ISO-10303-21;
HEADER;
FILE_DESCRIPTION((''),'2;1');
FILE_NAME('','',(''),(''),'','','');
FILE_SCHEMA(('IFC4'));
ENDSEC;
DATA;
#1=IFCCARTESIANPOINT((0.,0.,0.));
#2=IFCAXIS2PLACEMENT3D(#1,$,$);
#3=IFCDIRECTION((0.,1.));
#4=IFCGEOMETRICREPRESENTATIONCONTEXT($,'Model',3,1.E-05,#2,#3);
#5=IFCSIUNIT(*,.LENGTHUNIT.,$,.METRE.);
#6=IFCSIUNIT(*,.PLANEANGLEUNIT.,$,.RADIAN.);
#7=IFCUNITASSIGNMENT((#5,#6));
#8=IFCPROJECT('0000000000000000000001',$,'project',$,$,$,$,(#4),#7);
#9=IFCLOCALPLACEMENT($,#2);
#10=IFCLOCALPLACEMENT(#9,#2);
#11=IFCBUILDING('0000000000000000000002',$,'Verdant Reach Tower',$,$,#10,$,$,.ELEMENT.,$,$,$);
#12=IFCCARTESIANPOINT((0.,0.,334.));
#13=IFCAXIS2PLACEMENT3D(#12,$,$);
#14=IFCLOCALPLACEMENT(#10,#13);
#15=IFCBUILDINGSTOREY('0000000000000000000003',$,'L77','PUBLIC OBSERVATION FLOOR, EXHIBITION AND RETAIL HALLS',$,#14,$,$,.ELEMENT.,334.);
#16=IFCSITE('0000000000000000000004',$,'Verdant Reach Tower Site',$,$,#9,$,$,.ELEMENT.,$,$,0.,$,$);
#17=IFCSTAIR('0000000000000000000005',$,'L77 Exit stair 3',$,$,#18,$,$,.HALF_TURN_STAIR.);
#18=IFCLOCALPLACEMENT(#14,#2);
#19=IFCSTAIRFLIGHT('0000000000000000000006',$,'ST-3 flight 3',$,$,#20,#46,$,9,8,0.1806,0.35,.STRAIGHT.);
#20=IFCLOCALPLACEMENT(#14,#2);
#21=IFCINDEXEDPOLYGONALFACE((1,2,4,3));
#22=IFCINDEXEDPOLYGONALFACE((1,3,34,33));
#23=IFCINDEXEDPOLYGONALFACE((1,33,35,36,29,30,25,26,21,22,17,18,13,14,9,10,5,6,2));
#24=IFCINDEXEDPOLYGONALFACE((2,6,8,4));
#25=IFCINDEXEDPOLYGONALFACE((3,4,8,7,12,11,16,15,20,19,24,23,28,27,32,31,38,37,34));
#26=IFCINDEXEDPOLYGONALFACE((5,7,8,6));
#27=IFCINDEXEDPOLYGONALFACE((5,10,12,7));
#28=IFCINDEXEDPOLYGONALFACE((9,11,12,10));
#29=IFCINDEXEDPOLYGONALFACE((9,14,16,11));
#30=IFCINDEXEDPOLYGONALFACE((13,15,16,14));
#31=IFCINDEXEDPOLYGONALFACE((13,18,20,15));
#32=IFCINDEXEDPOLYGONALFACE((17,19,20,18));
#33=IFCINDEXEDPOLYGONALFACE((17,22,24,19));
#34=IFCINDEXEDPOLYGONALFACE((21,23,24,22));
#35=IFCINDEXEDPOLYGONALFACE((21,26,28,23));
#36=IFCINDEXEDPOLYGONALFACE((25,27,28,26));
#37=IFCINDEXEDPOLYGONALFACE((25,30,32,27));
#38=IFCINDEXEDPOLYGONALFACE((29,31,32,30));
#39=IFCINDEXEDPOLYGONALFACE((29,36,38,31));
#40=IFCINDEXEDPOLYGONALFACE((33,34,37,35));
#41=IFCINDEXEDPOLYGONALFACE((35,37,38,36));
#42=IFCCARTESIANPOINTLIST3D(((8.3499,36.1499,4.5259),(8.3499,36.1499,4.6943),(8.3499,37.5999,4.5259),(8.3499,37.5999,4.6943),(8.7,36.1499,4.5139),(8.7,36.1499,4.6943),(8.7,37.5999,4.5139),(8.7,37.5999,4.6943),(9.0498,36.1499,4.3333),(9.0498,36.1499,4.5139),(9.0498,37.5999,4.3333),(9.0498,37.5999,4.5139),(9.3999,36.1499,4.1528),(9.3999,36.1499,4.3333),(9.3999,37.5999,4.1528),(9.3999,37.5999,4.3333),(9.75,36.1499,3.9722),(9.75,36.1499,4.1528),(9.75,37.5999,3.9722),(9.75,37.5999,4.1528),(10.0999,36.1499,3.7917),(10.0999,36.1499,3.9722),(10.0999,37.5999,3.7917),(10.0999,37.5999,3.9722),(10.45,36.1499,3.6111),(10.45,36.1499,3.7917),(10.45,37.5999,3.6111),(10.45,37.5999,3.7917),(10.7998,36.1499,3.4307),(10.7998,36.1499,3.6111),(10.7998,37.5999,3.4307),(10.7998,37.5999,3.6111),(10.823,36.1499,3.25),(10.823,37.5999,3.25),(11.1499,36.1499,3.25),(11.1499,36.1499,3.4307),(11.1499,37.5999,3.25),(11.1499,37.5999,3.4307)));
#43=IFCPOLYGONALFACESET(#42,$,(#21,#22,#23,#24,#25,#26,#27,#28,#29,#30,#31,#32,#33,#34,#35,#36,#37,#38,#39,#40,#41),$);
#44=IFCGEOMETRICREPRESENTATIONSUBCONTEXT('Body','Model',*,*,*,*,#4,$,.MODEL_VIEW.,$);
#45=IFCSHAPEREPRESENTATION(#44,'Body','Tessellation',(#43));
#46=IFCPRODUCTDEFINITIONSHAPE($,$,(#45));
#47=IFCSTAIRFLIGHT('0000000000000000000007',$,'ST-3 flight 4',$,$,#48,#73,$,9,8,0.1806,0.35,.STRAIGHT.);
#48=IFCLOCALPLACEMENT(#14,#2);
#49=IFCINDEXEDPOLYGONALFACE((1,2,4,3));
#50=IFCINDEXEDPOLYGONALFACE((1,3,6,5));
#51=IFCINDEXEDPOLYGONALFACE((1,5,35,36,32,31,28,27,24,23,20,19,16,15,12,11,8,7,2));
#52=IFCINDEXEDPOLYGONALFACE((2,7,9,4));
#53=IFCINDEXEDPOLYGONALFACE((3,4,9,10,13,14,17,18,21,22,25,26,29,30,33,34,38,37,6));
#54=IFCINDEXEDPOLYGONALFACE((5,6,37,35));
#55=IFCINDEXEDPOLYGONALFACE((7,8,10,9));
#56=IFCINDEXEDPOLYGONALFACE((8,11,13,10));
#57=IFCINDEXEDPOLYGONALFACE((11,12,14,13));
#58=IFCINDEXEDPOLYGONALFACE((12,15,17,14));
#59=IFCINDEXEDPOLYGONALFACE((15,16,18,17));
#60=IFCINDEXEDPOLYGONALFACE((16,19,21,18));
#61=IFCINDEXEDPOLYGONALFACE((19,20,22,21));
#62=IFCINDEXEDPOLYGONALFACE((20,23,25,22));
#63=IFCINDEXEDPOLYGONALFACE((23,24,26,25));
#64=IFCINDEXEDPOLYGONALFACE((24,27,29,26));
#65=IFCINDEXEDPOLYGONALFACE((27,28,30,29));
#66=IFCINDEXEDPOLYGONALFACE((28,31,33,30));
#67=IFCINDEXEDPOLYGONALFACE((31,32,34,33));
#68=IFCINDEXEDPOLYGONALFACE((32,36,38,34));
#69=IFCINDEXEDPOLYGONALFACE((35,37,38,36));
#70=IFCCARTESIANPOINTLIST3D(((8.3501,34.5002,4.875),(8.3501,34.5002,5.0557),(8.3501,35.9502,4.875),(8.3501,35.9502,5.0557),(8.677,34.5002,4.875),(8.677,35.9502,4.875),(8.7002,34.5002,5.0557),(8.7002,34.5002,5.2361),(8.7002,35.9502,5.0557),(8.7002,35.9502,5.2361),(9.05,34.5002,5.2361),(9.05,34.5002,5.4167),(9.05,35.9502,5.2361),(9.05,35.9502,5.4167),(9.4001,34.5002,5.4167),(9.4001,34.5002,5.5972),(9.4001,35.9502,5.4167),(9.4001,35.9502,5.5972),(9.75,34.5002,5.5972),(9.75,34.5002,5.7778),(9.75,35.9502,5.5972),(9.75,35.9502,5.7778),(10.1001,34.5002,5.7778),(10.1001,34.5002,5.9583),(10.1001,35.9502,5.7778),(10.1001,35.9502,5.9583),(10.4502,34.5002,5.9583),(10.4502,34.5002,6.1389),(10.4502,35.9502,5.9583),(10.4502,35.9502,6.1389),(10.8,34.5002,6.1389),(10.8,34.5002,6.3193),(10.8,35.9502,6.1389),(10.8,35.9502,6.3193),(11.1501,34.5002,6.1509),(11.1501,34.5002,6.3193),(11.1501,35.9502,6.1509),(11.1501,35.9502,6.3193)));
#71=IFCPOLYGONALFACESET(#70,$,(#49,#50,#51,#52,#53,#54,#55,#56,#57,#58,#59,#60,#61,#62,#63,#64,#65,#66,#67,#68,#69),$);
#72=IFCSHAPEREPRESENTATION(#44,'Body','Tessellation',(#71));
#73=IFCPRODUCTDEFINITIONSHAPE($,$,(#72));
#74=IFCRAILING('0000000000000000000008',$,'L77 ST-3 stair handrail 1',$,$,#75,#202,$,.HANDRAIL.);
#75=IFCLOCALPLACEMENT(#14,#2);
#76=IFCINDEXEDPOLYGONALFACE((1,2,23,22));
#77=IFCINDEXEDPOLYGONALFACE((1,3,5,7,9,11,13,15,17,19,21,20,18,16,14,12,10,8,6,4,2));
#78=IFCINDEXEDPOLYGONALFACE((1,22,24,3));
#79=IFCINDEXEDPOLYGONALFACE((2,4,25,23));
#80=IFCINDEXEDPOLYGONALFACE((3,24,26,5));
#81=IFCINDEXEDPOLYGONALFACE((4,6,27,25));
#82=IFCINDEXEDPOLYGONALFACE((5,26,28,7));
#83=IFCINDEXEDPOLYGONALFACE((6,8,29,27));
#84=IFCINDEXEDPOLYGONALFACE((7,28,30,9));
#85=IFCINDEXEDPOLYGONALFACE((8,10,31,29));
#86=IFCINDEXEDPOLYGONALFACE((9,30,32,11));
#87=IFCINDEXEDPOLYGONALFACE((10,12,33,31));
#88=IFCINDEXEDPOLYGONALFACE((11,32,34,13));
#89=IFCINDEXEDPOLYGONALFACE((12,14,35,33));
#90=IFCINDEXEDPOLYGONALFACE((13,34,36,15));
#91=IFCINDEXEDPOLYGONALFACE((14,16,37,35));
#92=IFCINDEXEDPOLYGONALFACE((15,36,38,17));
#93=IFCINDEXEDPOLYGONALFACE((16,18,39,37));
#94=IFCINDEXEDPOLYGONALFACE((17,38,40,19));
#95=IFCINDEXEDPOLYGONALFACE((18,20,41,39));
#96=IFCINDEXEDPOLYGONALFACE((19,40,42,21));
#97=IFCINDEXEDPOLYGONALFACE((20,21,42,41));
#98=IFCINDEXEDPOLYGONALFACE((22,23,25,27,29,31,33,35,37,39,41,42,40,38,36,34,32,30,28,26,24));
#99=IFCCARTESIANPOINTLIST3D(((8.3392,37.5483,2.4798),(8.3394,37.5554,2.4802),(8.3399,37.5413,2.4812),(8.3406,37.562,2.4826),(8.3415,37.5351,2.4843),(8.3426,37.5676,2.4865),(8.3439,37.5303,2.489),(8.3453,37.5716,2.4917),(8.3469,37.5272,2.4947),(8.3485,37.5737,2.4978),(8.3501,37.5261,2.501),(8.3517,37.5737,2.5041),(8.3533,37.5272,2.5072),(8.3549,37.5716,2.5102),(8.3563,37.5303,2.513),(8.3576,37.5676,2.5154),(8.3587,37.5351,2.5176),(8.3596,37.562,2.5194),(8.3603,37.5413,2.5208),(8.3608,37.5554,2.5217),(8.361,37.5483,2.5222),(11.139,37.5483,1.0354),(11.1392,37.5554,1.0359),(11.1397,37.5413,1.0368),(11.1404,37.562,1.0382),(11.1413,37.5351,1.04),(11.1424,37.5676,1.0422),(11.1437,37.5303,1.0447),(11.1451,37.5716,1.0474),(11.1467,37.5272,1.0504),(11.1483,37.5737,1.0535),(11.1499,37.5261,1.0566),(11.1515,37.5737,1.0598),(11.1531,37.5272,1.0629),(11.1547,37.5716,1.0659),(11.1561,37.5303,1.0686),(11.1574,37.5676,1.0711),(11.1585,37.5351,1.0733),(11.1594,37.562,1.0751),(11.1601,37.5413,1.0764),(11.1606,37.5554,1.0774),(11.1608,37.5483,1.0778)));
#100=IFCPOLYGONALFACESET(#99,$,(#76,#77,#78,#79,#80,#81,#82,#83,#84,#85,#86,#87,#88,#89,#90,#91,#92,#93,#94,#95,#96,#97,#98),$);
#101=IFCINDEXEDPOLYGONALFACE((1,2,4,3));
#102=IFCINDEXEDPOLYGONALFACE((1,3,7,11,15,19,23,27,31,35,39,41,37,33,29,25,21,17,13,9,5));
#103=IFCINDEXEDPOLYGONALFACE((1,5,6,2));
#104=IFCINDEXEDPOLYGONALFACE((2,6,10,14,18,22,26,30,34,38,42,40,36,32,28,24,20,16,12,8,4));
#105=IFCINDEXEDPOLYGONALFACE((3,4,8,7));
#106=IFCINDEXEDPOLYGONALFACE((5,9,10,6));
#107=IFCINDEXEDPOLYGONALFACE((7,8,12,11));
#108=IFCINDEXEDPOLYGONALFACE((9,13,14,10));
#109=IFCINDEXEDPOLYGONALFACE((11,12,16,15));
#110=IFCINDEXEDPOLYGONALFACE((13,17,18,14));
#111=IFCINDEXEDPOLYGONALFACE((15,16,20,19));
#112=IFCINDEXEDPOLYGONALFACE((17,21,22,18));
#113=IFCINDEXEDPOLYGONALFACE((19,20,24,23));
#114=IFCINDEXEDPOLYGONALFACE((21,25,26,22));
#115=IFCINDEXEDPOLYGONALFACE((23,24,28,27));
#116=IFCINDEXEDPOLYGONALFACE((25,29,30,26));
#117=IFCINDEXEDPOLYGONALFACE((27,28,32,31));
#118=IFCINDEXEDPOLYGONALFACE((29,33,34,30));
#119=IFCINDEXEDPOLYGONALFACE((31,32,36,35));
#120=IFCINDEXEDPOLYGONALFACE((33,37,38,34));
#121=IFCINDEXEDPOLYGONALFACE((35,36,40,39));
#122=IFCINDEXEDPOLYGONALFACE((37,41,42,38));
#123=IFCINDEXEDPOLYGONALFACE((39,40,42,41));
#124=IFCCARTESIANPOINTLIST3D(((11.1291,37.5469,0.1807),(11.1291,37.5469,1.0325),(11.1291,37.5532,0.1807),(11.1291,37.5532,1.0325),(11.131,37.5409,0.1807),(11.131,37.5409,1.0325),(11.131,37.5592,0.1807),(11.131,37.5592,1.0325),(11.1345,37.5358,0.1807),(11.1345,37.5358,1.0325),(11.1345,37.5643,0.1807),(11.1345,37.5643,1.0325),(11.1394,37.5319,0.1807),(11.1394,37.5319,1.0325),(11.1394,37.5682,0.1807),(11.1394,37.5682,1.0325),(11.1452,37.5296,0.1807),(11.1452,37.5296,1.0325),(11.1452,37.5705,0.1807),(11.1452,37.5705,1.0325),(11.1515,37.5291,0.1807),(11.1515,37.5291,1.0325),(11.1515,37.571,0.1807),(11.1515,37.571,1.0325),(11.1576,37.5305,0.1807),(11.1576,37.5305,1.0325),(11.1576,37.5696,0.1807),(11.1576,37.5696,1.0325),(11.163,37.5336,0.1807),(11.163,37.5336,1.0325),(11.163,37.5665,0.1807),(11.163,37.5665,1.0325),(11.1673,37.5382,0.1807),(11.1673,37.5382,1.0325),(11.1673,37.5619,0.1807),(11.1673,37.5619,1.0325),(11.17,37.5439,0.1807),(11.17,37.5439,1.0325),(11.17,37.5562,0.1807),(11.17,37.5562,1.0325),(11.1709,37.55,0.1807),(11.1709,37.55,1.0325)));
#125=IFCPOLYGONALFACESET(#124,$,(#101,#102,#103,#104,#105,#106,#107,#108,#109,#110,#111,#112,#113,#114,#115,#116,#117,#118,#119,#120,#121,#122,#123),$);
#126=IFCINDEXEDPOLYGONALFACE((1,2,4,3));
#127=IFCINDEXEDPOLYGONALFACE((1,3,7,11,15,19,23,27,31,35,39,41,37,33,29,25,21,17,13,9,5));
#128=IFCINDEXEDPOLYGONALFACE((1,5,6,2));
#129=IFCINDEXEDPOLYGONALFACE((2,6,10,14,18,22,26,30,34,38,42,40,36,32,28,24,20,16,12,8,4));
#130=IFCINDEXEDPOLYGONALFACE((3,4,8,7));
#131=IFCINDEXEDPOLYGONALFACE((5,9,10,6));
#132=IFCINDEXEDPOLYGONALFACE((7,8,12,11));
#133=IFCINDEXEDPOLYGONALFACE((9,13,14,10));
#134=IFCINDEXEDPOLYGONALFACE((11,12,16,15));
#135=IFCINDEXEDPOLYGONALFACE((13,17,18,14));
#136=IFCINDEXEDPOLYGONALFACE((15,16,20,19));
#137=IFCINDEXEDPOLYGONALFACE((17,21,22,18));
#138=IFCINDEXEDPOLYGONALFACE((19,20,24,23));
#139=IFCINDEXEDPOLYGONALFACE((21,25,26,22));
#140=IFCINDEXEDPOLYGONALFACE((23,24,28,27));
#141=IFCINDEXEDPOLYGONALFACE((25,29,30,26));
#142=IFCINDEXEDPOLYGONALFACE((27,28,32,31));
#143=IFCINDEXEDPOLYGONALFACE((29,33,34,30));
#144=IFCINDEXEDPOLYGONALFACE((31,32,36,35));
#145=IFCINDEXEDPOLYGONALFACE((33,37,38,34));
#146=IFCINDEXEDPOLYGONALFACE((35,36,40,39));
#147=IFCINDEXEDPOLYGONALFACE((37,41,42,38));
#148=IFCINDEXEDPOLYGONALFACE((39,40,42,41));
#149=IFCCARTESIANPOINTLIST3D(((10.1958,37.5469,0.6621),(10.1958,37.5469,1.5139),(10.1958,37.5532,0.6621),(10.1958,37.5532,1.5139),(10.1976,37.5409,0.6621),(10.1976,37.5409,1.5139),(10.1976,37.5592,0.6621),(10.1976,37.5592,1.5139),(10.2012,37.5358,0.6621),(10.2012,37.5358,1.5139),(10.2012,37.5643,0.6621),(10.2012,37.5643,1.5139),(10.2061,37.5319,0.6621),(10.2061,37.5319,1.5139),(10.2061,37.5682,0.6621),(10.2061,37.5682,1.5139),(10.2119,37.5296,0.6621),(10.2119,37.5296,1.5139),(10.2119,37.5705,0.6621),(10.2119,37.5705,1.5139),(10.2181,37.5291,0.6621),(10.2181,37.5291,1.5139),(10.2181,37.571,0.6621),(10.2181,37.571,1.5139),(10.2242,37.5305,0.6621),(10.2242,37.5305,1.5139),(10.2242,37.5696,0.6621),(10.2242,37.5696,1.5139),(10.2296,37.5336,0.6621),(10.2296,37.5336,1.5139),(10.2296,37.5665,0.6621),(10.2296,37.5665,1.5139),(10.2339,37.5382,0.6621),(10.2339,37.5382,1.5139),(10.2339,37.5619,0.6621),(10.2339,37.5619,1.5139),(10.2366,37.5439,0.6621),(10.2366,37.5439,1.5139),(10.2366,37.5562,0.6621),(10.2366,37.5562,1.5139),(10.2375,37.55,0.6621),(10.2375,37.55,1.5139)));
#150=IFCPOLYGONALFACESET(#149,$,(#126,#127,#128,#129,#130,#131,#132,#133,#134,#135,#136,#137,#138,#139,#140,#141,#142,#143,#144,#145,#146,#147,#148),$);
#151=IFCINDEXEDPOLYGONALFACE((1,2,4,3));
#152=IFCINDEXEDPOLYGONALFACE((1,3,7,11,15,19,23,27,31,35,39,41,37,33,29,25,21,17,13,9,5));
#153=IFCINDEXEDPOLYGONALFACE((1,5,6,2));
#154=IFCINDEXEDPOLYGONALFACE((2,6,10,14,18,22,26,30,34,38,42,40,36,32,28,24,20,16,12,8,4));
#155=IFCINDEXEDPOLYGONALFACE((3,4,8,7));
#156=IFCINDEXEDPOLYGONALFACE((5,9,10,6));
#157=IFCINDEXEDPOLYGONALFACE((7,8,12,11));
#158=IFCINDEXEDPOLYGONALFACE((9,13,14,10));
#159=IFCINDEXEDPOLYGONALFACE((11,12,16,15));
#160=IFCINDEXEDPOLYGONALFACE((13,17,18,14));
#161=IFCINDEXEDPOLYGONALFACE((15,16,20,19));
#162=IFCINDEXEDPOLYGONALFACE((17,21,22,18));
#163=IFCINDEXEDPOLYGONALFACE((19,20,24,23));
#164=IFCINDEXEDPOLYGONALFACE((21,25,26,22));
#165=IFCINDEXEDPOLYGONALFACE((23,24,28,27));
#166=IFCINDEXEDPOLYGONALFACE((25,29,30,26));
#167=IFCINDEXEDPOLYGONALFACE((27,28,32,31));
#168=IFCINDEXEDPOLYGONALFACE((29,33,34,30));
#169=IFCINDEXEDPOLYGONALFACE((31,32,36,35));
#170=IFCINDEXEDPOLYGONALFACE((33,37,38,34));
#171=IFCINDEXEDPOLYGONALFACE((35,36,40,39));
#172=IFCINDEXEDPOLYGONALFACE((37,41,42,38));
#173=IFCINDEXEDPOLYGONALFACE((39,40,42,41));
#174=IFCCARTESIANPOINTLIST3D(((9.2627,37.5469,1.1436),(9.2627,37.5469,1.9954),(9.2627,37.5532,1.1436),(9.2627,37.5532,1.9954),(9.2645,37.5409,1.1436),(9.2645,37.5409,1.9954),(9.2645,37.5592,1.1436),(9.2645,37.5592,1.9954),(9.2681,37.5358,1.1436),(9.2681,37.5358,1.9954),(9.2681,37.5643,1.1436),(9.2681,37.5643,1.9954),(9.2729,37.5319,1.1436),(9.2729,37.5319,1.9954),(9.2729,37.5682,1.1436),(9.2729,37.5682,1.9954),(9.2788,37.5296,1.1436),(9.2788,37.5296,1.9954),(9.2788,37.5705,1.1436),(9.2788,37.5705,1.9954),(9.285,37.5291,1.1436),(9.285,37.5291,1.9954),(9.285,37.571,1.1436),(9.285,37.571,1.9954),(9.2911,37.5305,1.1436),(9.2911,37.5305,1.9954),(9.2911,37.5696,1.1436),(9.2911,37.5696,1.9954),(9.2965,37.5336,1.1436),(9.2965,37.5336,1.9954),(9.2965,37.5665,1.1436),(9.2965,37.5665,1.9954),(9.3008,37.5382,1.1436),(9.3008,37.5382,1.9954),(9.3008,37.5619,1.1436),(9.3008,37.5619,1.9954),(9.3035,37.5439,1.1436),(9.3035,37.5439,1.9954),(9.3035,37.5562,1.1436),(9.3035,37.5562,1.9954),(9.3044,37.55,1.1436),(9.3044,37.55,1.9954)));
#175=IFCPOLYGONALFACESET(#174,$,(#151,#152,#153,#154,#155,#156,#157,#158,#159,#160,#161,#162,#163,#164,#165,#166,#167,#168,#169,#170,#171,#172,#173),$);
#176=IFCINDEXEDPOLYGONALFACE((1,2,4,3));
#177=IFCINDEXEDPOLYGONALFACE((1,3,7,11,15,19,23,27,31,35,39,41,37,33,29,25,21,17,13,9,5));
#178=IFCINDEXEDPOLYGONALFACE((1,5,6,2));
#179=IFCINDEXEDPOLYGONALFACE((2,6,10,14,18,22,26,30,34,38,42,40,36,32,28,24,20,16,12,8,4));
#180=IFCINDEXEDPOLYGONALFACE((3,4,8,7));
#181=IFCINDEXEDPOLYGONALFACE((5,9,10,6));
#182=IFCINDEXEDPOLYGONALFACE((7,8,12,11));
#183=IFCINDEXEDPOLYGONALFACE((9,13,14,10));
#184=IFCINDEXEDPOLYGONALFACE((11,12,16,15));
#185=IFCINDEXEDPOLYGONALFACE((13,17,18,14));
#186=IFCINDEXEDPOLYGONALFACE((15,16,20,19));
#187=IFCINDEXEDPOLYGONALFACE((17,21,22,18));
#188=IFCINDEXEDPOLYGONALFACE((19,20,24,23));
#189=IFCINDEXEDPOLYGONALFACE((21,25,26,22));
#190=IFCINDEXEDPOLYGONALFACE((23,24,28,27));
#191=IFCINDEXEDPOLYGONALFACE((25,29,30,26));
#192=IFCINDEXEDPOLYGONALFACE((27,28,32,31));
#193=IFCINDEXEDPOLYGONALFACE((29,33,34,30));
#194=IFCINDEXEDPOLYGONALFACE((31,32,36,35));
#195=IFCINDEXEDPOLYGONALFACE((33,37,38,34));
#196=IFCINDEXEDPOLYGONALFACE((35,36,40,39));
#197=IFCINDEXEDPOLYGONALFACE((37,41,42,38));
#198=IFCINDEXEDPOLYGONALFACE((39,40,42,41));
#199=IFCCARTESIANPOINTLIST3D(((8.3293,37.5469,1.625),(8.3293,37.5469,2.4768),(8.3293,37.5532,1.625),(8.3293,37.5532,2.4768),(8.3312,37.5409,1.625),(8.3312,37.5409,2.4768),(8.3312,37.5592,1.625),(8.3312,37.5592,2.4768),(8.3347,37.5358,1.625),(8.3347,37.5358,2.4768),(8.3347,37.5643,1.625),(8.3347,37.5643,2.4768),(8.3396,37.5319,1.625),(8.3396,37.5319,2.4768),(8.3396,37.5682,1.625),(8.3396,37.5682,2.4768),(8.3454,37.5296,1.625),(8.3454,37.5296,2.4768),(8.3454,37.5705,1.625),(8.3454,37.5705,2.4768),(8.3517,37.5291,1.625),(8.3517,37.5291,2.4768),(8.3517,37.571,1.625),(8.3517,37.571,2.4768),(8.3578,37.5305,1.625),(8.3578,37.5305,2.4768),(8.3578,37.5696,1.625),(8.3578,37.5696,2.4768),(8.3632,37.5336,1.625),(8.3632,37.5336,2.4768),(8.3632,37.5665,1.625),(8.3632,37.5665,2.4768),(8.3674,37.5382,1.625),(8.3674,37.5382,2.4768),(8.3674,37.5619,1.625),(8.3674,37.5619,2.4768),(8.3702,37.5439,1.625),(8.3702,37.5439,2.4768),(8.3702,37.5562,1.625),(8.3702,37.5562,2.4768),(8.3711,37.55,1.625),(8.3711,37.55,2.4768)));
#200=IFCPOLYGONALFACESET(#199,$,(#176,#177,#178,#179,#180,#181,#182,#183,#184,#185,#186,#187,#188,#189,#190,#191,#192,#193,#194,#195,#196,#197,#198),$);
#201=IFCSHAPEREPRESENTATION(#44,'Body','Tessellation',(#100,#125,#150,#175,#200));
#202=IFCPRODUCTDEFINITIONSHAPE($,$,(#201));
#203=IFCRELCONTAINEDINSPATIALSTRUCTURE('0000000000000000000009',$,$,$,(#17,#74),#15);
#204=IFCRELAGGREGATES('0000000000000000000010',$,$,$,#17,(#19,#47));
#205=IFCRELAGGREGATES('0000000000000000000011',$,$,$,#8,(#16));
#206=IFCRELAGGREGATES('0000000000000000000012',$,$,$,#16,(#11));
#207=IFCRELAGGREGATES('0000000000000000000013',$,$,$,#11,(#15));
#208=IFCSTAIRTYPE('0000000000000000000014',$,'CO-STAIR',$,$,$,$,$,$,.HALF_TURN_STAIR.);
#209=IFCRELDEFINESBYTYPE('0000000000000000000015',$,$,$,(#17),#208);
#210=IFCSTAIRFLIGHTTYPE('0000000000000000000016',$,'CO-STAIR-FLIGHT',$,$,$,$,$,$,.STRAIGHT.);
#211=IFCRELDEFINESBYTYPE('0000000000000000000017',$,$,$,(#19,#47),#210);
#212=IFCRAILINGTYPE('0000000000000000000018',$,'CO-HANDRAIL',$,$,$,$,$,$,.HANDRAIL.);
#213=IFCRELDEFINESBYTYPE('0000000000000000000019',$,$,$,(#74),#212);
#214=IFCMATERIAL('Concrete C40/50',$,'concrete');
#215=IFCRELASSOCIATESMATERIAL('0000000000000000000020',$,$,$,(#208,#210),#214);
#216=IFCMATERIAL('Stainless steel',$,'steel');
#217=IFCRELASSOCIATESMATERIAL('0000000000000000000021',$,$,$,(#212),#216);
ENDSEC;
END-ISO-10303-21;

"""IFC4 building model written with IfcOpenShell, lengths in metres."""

from ifc_helpers import new_model, si_unit, direction, frame, origin, origin_2d, place, context, subcontext, project, spatial, polyline, circle, outline, extrude, material, type_object, element, aggregate, save


model = new_model("IFC4")

# Units and contexts
model_context = context("Model", 3, precision=1e-05, world=origin(), true_north=direction((0.0, 1.0)))
body_context = subcontext(model_context, "Body", "Model", "MODEL_VIEW")
ifc_project = project(units=[si_unit("LENGTHUNIT", "METRE"), si_unit("PLANEANGLEUNIT", "RADIAN")], contexts=[model_context])

# Site, building, storey
site_placement = place(None, origin())
site = spatial("IfcSite", under=ifc_project, at=site_placement, Name="Verdant Reach Tower Site", CompositionType="ELEMENT", RefElevation=0.0)
building_placement = place(site_placement, origin())
building = spatial("IfcBuilding", under=site, at=building_placement, Name="Verdant Reach Tower", CompositionType="ELEMENT")
storey_placement = place(building_placement, frame((0.0, 0.0, 334.0)))
storey = spatial("IfcBuildingStorey", under=building, at=storey_placement, Name="L77", Description="PUBLIC OBSERVATION FLOOR, EXHIBITION AND RETAIL HALLS", CompositionType="ELEMENT", Elevation=334.0)

# Shared definitions
ifc_material_1 = material(Name="Concrete C40/50", Category="concrete")

# Stair, stair flights
stair_type = type_object("IfcStairType", Name="CO-STAIR", PredefinedType="HALF_TURN_STAIR", material=ifc_material_1)
stair_placement = place(storey_placement, origin())
stair = element("IfcStair", 1, at=stair_placement, inside=storey, type_object=stair_type, Name="L77 Exit stair 3", PredefinedType="HALF_TURN_STAIR")
stair_flight_type = type_object("IfcStairFlightType", Name="CO-STAIR-FLIGHT", PredefinedType="STRAIGHT", material=ifc_material_1)
stair_flight_1_placement = place(storey_placement, frame((11.1499, 36.875, 3.25), z_axis=(0.0, 0.0, 1.0), x_axis=(-1.0, 0.0, 0.0)))
stair_flight_1 = element("IfcStairFlight", 2, at=stair_flight_1_placement, type_object=stair_flight_type, Name="ST-3 flight 3", NumberOfRisers=9, NumberOfTreads=8, PredefinedType="STRAIGHT", RiserHeight=0.1806, TreadLength=0.35, context=body_context, shape_type="SweptSolid", body=[
    extrude(outline(polyline([(0.0, 0.0), (0.0, 0.1807), (0.3501, 0.1807), (0.3501, 0.3611), (0.7, 0.3611), (0.7, 0.5417), (1.05, 0.5417), (1.05, 0.7222), (1.3999, 0.7222), (1.3999, 0.9028), (1.75, 0.9028), (1.75, 1.0833), (2.1001, 1.0833), (2.1001, 1.2639), (2.45, 1.2639), (2.45, 1.4443), (2.8, 1.4443), (2.8, 1.625), (2.8, 1.2759), (0.3269, 0.0), (0.0, 0.0)])), frame((0.0, 0.7251, 0.0), z_axis=(0.0, -1.0, 0.0), x_axis=(1.0, 0.0, 0.0)), (0.0, 0.0, 1.0), 1.45),
])
stair_flight_2_placement = place(storey_placement, frame((8.3501, 35.2251, 4.875), z_axis=(0.0, 0.0, 1.0), x_axis=(1.0, 0.0, 0.0)))
stair_flight_2 = element("IfcStairFlight", 3, at=stair_flight_2_placement, type_object=stair_flight_type, Name="ST-3 flight 4", NumberOfRisers=9, NumberOfTreads=8, PredefinedType="STRAIGHT", RiserHeight=0.1806, TreadLength=0.35, context=body_context, shape_type="SweptSolid", body=[
    extrude(outline(polyline([(0.0, 0.0), (0.0, 0.1807), (0.3501, 0.1807), (0.3501, 0.3611), (0.7, 0.3611), (0.7, 0.5417), (1.05, 0.5417), (1.05, 0.7222), (1.3999, 0.7222), (1.3999, 0.9028), (1.75, 0.9028), (1.75, 1.0833), (2.1001, 1.0833), (2.1001, 1.2639), (2.45, 1.2639), (2.45, 1.4443), (2.8, 1.4443), (2.8, 1.625), (2.8, 1.2759), (0.3269, 0.0), (0.0, 0.0)])), frame((0.0, 0.7251, 0.0), z_axis=(0.0, -1.0, 0.0), x_axis=(1.0, 0.0, 0.0)), (0.0, 0.0, 1.0), 1.45),
])
aggregate(stair, [stair_flight_1, stair_flight_2])

# Railing
ifc_material_2 = material(Name="Stainless steel", Category="steel")
railing_type_1 = type_object("IfcRailingType", Name="CO-HANDRAIL", PredefinedType="HANDRAIL", material=ifc_material_2)
railing_1_placement = place(storey_placement, frame((11.1499, 37.55, 0.1807)))
element("IfcRailing", 4, at=railing_1_placement, inside=storey, type_object=railing_type_1, Name="L77 ST-3 stair handrail 1", PredefinedType="HANDRAIL", context=body_context, shape_type="SweptSolid", body=[
    extrude(circle(Radius=0.0239, at=origin_2d()), frame((0.0, 0.0, 0.876), z_axis=(-0.888714, 0.0, 0.458461), x_axis=(0.0, -1.0, 0.0)), (0.0, 0.0, 1.0), 3.1504),
    extrude(circle(Radius=0.021, at=origin_2d()), origin(), (0.0, 0.0, 1.0), 0.8518),
    extrude(circle(Radius=0.021, at=origin_2d()), frame((-0.9333, 0.0, 0.4814)), (0.0, 0.0, 1.0), 0.8518),
    extrude(circle(Radius=0.021, at=origin_2d()), frame((-1.8665, 0.0, 0.9629)), (0.0, 0.0, 1.0), 0.8518),
    extrude(circle(Radius=0.021, at=origin_2d()), frame((-2.7998, 0.0, 1.4443)), (0.0, 0.0, 1.0), 0.8518),
])

save(model, "model.ifc")
